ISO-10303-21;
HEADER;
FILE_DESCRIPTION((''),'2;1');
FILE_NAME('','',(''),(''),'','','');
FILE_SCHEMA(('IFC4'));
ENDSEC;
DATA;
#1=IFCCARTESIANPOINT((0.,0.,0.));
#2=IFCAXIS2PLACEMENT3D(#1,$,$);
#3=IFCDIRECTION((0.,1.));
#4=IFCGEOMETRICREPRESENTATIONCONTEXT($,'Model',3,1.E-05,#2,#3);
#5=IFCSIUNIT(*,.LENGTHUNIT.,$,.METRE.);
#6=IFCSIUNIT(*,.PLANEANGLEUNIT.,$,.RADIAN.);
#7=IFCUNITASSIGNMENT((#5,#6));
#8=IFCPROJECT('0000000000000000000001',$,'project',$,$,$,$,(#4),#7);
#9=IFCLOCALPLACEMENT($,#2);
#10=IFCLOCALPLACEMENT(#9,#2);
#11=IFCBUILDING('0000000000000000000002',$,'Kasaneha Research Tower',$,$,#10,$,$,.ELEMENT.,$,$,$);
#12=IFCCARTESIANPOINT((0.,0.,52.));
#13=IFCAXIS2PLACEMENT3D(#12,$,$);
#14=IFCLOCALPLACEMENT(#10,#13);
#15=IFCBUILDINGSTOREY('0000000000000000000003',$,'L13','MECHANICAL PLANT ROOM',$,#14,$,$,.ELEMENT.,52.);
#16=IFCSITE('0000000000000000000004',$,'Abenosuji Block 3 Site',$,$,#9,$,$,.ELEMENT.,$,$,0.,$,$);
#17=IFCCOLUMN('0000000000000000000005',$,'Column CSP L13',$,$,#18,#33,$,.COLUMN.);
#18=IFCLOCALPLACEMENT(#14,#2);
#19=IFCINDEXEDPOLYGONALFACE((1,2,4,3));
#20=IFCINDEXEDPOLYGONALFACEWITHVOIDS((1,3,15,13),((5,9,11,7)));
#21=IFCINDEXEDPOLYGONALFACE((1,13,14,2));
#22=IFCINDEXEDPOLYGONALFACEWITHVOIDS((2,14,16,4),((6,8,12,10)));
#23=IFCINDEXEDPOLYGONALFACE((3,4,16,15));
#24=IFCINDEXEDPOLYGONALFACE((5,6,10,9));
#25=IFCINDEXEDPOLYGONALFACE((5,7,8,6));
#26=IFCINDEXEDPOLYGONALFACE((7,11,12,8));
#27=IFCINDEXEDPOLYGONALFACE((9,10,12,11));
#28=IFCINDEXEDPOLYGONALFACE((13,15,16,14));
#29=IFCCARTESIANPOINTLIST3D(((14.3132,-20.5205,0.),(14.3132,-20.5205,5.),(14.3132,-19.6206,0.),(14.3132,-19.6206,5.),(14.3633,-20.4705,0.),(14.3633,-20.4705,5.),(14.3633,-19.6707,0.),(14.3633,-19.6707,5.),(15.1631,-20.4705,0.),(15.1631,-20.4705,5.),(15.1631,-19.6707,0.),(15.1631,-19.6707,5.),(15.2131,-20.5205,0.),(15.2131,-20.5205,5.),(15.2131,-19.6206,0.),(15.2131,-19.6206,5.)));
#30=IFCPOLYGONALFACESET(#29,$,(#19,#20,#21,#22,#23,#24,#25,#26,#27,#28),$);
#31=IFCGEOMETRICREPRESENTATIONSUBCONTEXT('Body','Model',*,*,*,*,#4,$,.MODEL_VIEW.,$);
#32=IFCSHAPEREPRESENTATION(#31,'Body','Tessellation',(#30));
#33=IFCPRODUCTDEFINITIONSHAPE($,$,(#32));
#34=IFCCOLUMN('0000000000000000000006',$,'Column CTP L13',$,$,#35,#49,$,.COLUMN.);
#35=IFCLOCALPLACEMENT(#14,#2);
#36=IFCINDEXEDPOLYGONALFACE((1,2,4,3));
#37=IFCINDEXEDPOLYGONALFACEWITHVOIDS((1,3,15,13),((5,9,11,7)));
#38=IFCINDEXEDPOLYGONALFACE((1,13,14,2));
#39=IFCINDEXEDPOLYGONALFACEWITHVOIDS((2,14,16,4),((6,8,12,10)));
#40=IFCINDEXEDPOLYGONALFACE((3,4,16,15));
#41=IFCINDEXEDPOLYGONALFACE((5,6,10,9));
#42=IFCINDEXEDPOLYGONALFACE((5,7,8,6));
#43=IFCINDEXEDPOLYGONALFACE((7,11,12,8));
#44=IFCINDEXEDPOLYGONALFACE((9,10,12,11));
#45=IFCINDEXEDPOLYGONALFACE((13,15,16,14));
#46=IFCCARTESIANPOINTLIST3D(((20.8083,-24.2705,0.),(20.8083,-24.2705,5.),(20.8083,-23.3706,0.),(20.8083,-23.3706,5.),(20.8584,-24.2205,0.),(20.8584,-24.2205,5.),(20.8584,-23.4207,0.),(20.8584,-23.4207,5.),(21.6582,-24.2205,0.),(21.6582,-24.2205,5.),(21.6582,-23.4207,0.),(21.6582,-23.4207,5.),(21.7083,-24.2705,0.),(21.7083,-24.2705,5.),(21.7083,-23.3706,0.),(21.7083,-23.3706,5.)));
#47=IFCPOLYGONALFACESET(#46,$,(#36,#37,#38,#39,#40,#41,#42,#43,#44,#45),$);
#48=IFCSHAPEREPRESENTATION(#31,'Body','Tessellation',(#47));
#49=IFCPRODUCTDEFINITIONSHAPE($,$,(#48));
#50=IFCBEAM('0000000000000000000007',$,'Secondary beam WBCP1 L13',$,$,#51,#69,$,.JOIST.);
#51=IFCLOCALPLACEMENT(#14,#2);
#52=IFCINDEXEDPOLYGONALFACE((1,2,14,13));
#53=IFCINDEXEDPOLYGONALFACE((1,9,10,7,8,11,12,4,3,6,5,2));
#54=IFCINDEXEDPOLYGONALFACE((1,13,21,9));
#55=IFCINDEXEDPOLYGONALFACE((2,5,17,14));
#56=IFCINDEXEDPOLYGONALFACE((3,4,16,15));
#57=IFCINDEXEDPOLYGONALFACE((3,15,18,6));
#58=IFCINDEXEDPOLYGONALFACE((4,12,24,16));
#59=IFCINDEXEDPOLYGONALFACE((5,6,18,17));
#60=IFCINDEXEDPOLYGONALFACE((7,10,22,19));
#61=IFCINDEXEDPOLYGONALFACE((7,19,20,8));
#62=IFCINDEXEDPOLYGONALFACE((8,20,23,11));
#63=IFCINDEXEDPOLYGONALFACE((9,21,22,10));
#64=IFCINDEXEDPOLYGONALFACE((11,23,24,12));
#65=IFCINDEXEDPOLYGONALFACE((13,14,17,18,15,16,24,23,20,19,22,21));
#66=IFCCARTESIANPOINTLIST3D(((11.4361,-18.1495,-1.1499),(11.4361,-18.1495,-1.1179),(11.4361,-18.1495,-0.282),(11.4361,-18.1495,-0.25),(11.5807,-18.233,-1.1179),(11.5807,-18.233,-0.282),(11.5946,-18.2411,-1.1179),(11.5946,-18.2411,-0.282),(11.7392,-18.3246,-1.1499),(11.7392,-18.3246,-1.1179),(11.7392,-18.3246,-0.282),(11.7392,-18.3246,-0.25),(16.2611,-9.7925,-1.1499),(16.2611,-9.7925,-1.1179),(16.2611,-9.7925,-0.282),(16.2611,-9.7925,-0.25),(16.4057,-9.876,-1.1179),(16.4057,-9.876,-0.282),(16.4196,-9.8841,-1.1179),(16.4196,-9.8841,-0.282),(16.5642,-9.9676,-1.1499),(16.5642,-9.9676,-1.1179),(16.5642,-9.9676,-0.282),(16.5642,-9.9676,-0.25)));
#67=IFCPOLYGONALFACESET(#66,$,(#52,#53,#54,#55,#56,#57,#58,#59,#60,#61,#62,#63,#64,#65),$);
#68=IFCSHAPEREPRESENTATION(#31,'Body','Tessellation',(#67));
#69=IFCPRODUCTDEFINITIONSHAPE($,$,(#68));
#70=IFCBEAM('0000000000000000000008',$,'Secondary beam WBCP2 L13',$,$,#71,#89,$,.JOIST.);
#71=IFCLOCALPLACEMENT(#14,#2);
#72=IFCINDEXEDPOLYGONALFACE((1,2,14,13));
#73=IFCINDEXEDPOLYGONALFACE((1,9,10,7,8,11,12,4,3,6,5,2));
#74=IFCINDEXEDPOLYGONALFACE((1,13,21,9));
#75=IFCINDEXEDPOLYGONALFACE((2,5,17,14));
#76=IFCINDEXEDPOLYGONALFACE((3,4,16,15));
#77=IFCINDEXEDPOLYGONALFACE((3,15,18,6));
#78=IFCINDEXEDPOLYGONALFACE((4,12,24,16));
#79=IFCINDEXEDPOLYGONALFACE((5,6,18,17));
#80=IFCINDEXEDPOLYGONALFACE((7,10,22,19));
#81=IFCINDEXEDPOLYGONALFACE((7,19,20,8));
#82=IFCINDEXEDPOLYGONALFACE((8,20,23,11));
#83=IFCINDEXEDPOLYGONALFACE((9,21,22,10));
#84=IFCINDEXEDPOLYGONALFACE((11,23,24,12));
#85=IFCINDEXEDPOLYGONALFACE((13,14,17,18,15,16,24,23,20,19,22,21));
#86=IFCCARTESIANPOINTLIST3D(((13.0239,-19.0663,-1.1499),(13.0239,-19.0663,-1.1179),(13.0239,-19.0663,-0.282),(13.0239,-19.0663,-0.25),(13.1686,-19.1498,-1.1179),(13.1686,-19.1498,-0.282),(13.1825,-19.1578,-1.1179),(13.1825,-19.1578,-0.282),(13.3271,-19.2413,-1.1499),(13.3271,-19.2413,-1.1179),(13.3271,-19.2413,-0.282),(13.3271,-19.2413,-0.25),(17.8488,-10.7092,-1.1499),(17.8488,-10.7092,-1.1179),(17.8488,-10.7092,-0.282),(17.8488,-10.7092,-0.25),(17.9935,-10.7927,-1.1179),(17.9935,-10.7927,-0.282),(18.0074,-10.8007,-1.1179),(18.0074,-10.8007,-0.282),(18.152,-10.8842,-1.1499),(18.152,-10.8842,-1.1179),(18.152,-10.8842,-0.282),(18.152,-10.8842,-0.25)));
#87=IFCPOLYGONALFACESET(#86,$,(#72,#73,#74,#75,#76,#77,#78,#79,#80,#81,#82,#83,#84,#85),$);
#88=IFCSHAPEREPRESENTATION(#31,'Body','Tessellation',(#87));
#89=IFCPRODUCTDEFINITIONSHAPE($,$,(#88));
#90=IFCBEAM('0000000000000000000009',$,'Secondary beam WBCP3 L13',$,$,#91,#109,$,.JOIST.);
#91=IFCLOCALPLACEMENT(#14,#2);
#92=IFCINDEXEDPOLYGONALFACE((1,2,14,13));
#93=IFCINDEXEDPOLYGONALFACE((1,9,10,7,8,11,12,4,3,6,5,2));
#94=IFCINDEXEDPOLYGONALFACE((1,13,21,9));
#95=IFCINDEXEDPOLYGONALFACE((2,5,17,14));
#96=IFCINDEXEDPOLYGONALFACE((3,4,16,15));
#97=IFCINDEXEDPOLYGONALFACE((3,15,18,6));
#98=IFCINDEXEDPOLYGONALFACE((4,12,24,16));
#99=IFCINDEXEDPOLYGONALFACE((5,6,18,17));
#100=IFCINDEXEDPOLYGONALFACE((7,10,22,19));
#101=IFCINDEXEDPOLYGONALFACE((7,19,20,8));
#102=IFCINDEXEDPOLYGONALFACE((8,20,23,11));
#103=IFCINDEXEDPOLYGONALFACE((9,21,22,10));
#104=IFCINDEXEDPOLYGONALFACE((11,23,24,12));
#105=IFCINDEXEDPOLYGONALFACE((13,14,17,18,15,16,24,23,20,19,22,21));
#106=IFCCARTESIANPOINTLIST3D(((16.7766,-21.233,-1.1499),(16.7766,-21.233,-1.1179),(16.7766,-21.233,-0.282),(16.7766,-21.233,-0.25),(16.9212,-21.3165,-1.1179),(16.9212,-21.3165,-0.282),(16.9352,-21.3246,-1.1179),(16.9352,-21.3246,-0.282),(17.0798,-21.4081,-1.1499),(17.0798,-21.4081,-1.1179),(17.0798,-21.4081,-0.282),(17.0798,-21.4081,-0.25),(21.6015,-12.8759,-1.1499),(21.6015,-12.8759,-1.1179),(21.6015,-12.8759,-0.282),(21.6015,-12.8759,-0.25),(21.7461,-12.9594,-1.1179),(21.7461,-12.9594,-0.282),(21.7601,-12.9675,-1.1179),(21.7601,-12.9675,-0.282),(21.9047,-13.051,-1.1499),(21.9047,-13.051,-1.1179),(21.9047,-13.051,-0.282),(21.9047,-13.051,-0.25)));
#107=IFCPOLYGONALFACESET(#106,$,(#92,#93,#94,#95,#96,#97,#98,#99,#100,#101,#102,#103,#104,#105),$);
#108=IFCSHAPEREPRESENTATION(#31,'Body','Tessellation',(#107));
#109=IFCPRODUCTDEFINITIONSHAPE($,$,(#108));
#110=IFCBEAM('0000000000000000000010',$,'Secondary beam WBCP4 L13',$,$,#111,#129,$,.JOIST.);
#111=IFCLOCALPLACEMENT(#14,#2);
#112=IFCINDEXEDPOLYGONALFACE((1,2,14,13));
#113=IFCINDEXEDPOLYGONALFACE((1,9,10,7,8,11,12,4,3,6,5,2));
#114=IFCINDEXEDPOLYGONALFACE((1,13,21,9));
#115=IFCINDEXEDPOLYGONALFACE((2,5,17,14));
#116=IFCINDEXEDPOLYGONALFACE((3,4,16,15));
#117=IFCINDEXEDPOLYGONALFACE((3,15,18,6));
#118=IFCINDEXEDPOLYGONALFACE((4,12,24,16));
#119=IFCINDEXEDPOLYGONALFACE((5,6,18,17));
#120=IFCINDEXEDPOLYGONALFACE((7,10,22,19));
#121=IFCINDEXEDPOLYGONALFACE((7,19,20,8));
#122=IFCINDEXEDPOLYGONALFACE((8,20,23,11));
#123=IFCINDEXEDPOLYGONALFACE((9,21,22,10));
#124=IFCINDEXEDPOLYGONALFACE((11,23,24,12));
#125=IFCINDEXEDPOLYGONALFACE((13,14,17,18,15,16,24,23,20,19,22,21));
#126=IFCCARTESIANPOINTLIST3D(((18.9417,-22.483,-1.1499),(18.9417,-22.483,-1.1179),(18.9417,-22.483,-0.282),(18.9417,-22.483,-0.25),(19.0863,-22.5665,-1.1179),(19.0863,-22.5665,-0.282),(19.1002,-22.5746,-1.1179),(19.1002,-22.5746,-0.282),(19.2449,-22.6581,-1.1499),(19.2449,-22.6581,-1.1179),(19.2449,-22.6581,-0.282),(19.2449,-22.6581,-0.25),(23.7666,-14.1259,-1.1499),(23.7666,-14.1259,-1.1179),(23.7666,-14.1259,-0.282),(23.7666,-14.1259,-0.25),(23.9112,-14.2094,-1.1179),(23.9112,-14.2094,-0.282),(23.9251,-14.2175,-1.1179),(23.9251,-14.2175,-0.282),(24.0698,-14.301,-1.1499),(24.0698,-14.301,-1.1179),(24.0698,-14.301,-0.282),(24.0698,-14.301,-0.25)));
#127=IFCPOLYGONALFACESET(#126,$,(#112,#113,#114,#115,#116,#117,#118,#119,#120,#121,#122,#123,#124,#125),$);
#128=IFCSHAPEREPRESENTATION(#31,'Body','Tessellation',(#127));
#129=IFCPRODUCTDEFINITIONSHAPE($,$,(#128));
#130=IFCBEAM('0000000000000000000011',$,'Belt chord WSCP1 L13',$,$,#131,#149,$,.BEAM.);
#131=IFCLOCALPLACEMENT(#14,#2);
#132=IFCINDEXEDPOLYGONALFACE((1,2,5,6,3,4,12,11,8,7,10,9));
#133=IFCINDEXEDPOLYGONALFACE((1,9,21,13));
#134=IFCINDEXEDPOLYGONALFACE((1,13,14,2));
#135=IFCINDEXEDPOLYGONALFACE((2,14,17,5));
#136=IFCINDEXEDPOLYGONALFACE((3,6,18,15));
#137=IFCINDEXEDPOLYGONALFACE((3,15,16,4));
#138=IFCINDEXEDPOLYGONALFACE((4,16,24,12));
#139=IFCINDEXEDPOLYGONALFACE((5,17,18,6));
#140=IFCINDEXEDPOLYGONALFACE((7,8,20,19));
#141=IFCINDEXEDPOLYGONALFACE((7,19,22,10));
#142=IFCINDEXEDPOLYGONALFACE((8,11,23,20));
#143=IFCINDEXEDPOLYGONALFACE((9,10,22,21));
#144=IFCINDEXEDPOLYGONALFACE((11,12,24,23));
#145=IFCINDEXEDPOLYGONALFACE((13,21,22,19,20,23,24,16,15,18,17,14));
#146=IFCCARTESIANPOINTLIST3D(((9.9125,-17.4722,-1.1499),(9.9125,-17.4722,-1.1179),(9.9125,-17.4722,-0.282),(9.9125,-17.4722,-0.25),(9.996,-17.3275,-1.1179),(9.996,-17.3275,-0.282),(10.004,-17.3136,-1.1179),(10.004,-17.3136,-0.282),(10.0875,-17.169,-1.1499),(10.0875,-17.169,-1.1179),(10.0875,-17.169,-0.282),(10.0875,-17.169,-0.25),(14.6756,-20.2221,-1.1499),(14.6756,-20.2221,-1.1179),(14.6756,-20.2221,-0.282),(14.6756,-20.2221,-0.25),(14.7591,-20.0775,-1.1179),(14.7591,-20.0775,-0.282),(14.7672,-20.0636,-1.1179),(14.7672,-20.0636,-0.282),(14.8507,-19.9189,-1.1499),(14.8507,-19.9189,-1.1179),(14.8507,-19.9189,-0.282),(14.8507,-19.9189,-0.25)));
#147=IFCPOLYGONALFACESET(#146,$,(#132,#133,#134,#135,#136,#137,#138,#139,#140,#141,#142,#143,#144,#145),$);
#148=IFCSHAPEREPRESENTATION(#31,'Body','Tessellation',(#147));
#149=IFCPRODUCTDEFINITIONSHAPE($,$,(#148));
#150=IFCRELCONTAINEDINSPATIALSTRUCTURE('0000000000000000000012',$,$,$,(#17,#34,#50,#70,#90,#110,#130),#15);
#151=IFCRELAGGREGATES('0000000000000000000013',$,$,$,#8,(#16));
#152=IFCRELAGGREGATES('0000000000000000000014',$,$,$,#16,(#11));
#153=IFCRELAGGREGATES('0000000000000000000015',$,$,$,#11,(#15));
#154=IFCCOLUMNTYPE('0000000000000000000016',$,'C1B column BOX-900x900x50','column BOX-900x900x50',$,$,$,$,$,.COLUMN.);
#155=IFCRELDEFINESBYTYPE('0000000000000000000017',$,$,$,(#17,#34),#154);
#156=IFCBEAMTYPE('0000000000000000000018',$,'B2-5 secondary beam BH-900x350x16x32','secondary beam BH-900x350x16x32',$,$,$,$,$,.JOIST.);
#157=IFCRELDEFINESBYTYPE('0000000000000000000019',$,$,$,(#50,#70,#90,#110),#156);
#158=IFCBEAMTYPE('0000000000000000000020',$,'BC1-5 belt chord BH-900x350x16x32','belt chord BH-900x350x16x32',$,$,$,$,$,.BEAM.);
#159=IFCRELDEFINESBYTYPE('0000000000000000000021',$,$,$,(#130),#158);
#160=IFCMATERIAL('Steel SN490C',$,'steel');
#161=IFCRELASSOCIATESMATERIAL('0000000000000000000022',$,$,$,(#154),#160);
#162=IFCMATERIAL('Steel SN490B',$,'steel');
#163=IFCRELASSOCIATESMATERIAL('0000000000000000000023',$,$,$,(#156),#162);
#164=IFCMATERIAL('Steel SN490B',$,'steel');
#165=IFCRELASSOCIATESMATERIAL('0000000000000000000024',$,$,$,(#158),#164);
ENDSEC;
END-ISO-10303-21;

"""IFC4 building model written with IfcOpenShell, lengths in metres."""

from ifc_helpers import new_model, si_unit, direction, frame, origin, origin_2d, place, context, subcontext, project, spatial, hollow_rectangle, i_section, extrude, material, material_profile, profile_set, type_object, element, save


model = new_model("IFC4")

# Units and contexts
model_context = context("Model", 3, precision=1e-05, world=origin(), true_north=direction((0.0, 1.0)))
body_context = subcontext(model_context, "Body", "Model", "MODEL_VIEW")
ifc_project = project(units=[si_unit("LENGTHUNIT", "METRE"), si_unit("PLANEANGLEUNIT", "RADIAN")], contexts=[model_context])

# Site, building, storey
site_placement = place(None, origin())
site = spatial("IfcSite", under=ifc_project, at=site_placement, Name="Abenosuji Block 3 Site", CompositionType="ELEMENT", RefElevation=0.0)
building_placement = place(site_placement, origin())
building = spatial("IfcBuilding", under=site, at=building_placement, Name="Kasaneha Research Tower", CompositionType="ELEMENT")
storey_placement = place(building_placement, frame((0.0, 0.0, 52.0)))
storey = spatial("IfcBuildingStorey", under=building, at=storey_placement, Name="L13", Description="MECHANICAL PLANT ROOM", CompositionType="ELEMENT", Elevation=52.0)

# Columns
ifc_material_1 = material(Name="Steel SN490C", Category="steel")
ifc_material_profile_1 = material_profile(ifc_material_1, hollow_rectangle(XDim=0.8999, YDim=0.8999, WallThickness=0.05, at=origin_2d()), Name="BOX-900x900x50")
ifc_profile_set_1 = profile_set([ifc_material_profile_1], Name="Steel SN490C")
column_type = type_object("IfcColumnType", Name="C1B column BOX-900x900x50", Description="column BOX-900x900x50", PredefinedType="COLUMN", material=ifc_profile_set_1)
for number, where, z_axis, x_axis, name in (
    (1, (14.7632, -20.0706, 0.0), (0.0, 0.0, 1.0), (1.0, 0.0, 0.0), "Column CSP L13"),
    (2, (21.2583, -23.8206, 0.0), (0.0, 0.0, 1.0), (1.0, 0.0, 0.0), "Column CTP L13"),
):
    element("IfcColumn", number, at=place(storey_placement, frame(where, z_axis=z_axis, x_axis=x_axis)), inside=storey, type_object=column_type, Name=name, PredefinedType="COLUMN", context=body_context, shape_type="SweptSolid", body=[
        extrude(hollow_rectangle(XDim=0.8999, YDim=0.8999, WallThickness=0.05, at=origin_2d()), origin(), (0.0, 0.0, 1.0), 5.0),
    ])

# Beams
ifc_material_2 = material(Name="Steel SN490B", Category="steel")
ifc_material_profile_2 = material_profile(ifc_material_2, i_section(OverallWidth=0.3501, OverallDepth=0.8999, WebThickness=0.0161, FlangeThickness=0.032, at=origin_2d()), Name="BH-900x350x16x32")
ifc_profile_set_2 = profile_set([ifc_material_profile_2], Name="Steel SN490B")
beam_type_1 = type_object("IfcBeamType", Name="B2-5 secondary beam BH-900x350x16x32", Description="secondary beam BH-900x350x16x32", PredefinedType="JOIST", material=ifc_profile_set_2)
for number, where, z_axis, x_axis, name in (
    (3, (11.5876, -18.2371, -0.7), (0.500006, 0.866022, 0.0), (-0.866022, 0.500006, 0.0), "Secondary beam WBCP1 L13"),
    (4, (13.1755, -19.1538, -0.7), (0.499995, 0.866028, 0.0), (-0.866028, 0.499995, 0.0), "Secondary beam WBCP2 L13"),
    (5, (16.9282, -21.3206, -0.7), (0.499995, 0.866028, 0.0), (-0.866028, 0.499995, 0.0), "Secondary beam WBCP3 L13"),
    (6, (19.0933, -22.5706, -0.7), (0.499995, 0.866028, 0.0), (-0.866028, 0.499995, 0.0), "Secondary beam WBCP4 L13"),
):
    element("IfcBeam", number, at=place(storey_placement, frame(where, z_axis=z_axis, x_axis=x_axis)), inside=storey, type_object=beam_type_1, Name=name, PredefinedType="JOIST", context=body_context, shape_type="SweptSolid", body=[
        extrude(i_section(OverallWidth=0.3501, OverallDepth=0.8999, WebThickness=0.0161, FlangeThickness=0.032, at=origin_2d()), origin(), (0.0, 0.0, 1.0), 9.6499),
    ])
ifc_material_3 = material(Name="Steel SN490B", Category="steel")
ifc_material_profile_3 = material_profile(ifc_material_3, i_section(OverallWidth=0.3501, OverallDepth=0.8999, WebThickness=0.0161, FlangeThickness=0.032, at=origin_2d()), Name="BH-900x350x16x32")
ifc_profile_set_3 = profile_set([ifc_material_profile_3], Name="Steel SN490B")
beam_type_2 = type_object("IfcBeamType", Name="BC1-5 belt chord BH-900x350x16x32", Description="belt chord BH-900x350x16x32", PredefinedType="BEAM", material=ifc_profile_set_3)
beam_1_placement = place(storey_placement, frame((10.0, -17.3206, -0.7), z_axis=(0.866027, -0.499997, 0.0), x_axis=(0.499997, 0.866027, 0.0)))
element("IfcBeam", 7, at=beam_1_placement, inside=storey, type_object=beam_type_2, Name="Belt chord WSCP1 L13", PredefinedType="BEAM", context=body_context, shape_type="SweptSolid", body=[
    extrude(i_section(OverallWidth=0.3501, OverallDepth=0.8999, WebThickness=0.0161, FlangeThickness=0.032, at=origin_2d()), origin(), (0.0, 0.0, 1.0), 5.5),
])

save(model, "model.ifc")
